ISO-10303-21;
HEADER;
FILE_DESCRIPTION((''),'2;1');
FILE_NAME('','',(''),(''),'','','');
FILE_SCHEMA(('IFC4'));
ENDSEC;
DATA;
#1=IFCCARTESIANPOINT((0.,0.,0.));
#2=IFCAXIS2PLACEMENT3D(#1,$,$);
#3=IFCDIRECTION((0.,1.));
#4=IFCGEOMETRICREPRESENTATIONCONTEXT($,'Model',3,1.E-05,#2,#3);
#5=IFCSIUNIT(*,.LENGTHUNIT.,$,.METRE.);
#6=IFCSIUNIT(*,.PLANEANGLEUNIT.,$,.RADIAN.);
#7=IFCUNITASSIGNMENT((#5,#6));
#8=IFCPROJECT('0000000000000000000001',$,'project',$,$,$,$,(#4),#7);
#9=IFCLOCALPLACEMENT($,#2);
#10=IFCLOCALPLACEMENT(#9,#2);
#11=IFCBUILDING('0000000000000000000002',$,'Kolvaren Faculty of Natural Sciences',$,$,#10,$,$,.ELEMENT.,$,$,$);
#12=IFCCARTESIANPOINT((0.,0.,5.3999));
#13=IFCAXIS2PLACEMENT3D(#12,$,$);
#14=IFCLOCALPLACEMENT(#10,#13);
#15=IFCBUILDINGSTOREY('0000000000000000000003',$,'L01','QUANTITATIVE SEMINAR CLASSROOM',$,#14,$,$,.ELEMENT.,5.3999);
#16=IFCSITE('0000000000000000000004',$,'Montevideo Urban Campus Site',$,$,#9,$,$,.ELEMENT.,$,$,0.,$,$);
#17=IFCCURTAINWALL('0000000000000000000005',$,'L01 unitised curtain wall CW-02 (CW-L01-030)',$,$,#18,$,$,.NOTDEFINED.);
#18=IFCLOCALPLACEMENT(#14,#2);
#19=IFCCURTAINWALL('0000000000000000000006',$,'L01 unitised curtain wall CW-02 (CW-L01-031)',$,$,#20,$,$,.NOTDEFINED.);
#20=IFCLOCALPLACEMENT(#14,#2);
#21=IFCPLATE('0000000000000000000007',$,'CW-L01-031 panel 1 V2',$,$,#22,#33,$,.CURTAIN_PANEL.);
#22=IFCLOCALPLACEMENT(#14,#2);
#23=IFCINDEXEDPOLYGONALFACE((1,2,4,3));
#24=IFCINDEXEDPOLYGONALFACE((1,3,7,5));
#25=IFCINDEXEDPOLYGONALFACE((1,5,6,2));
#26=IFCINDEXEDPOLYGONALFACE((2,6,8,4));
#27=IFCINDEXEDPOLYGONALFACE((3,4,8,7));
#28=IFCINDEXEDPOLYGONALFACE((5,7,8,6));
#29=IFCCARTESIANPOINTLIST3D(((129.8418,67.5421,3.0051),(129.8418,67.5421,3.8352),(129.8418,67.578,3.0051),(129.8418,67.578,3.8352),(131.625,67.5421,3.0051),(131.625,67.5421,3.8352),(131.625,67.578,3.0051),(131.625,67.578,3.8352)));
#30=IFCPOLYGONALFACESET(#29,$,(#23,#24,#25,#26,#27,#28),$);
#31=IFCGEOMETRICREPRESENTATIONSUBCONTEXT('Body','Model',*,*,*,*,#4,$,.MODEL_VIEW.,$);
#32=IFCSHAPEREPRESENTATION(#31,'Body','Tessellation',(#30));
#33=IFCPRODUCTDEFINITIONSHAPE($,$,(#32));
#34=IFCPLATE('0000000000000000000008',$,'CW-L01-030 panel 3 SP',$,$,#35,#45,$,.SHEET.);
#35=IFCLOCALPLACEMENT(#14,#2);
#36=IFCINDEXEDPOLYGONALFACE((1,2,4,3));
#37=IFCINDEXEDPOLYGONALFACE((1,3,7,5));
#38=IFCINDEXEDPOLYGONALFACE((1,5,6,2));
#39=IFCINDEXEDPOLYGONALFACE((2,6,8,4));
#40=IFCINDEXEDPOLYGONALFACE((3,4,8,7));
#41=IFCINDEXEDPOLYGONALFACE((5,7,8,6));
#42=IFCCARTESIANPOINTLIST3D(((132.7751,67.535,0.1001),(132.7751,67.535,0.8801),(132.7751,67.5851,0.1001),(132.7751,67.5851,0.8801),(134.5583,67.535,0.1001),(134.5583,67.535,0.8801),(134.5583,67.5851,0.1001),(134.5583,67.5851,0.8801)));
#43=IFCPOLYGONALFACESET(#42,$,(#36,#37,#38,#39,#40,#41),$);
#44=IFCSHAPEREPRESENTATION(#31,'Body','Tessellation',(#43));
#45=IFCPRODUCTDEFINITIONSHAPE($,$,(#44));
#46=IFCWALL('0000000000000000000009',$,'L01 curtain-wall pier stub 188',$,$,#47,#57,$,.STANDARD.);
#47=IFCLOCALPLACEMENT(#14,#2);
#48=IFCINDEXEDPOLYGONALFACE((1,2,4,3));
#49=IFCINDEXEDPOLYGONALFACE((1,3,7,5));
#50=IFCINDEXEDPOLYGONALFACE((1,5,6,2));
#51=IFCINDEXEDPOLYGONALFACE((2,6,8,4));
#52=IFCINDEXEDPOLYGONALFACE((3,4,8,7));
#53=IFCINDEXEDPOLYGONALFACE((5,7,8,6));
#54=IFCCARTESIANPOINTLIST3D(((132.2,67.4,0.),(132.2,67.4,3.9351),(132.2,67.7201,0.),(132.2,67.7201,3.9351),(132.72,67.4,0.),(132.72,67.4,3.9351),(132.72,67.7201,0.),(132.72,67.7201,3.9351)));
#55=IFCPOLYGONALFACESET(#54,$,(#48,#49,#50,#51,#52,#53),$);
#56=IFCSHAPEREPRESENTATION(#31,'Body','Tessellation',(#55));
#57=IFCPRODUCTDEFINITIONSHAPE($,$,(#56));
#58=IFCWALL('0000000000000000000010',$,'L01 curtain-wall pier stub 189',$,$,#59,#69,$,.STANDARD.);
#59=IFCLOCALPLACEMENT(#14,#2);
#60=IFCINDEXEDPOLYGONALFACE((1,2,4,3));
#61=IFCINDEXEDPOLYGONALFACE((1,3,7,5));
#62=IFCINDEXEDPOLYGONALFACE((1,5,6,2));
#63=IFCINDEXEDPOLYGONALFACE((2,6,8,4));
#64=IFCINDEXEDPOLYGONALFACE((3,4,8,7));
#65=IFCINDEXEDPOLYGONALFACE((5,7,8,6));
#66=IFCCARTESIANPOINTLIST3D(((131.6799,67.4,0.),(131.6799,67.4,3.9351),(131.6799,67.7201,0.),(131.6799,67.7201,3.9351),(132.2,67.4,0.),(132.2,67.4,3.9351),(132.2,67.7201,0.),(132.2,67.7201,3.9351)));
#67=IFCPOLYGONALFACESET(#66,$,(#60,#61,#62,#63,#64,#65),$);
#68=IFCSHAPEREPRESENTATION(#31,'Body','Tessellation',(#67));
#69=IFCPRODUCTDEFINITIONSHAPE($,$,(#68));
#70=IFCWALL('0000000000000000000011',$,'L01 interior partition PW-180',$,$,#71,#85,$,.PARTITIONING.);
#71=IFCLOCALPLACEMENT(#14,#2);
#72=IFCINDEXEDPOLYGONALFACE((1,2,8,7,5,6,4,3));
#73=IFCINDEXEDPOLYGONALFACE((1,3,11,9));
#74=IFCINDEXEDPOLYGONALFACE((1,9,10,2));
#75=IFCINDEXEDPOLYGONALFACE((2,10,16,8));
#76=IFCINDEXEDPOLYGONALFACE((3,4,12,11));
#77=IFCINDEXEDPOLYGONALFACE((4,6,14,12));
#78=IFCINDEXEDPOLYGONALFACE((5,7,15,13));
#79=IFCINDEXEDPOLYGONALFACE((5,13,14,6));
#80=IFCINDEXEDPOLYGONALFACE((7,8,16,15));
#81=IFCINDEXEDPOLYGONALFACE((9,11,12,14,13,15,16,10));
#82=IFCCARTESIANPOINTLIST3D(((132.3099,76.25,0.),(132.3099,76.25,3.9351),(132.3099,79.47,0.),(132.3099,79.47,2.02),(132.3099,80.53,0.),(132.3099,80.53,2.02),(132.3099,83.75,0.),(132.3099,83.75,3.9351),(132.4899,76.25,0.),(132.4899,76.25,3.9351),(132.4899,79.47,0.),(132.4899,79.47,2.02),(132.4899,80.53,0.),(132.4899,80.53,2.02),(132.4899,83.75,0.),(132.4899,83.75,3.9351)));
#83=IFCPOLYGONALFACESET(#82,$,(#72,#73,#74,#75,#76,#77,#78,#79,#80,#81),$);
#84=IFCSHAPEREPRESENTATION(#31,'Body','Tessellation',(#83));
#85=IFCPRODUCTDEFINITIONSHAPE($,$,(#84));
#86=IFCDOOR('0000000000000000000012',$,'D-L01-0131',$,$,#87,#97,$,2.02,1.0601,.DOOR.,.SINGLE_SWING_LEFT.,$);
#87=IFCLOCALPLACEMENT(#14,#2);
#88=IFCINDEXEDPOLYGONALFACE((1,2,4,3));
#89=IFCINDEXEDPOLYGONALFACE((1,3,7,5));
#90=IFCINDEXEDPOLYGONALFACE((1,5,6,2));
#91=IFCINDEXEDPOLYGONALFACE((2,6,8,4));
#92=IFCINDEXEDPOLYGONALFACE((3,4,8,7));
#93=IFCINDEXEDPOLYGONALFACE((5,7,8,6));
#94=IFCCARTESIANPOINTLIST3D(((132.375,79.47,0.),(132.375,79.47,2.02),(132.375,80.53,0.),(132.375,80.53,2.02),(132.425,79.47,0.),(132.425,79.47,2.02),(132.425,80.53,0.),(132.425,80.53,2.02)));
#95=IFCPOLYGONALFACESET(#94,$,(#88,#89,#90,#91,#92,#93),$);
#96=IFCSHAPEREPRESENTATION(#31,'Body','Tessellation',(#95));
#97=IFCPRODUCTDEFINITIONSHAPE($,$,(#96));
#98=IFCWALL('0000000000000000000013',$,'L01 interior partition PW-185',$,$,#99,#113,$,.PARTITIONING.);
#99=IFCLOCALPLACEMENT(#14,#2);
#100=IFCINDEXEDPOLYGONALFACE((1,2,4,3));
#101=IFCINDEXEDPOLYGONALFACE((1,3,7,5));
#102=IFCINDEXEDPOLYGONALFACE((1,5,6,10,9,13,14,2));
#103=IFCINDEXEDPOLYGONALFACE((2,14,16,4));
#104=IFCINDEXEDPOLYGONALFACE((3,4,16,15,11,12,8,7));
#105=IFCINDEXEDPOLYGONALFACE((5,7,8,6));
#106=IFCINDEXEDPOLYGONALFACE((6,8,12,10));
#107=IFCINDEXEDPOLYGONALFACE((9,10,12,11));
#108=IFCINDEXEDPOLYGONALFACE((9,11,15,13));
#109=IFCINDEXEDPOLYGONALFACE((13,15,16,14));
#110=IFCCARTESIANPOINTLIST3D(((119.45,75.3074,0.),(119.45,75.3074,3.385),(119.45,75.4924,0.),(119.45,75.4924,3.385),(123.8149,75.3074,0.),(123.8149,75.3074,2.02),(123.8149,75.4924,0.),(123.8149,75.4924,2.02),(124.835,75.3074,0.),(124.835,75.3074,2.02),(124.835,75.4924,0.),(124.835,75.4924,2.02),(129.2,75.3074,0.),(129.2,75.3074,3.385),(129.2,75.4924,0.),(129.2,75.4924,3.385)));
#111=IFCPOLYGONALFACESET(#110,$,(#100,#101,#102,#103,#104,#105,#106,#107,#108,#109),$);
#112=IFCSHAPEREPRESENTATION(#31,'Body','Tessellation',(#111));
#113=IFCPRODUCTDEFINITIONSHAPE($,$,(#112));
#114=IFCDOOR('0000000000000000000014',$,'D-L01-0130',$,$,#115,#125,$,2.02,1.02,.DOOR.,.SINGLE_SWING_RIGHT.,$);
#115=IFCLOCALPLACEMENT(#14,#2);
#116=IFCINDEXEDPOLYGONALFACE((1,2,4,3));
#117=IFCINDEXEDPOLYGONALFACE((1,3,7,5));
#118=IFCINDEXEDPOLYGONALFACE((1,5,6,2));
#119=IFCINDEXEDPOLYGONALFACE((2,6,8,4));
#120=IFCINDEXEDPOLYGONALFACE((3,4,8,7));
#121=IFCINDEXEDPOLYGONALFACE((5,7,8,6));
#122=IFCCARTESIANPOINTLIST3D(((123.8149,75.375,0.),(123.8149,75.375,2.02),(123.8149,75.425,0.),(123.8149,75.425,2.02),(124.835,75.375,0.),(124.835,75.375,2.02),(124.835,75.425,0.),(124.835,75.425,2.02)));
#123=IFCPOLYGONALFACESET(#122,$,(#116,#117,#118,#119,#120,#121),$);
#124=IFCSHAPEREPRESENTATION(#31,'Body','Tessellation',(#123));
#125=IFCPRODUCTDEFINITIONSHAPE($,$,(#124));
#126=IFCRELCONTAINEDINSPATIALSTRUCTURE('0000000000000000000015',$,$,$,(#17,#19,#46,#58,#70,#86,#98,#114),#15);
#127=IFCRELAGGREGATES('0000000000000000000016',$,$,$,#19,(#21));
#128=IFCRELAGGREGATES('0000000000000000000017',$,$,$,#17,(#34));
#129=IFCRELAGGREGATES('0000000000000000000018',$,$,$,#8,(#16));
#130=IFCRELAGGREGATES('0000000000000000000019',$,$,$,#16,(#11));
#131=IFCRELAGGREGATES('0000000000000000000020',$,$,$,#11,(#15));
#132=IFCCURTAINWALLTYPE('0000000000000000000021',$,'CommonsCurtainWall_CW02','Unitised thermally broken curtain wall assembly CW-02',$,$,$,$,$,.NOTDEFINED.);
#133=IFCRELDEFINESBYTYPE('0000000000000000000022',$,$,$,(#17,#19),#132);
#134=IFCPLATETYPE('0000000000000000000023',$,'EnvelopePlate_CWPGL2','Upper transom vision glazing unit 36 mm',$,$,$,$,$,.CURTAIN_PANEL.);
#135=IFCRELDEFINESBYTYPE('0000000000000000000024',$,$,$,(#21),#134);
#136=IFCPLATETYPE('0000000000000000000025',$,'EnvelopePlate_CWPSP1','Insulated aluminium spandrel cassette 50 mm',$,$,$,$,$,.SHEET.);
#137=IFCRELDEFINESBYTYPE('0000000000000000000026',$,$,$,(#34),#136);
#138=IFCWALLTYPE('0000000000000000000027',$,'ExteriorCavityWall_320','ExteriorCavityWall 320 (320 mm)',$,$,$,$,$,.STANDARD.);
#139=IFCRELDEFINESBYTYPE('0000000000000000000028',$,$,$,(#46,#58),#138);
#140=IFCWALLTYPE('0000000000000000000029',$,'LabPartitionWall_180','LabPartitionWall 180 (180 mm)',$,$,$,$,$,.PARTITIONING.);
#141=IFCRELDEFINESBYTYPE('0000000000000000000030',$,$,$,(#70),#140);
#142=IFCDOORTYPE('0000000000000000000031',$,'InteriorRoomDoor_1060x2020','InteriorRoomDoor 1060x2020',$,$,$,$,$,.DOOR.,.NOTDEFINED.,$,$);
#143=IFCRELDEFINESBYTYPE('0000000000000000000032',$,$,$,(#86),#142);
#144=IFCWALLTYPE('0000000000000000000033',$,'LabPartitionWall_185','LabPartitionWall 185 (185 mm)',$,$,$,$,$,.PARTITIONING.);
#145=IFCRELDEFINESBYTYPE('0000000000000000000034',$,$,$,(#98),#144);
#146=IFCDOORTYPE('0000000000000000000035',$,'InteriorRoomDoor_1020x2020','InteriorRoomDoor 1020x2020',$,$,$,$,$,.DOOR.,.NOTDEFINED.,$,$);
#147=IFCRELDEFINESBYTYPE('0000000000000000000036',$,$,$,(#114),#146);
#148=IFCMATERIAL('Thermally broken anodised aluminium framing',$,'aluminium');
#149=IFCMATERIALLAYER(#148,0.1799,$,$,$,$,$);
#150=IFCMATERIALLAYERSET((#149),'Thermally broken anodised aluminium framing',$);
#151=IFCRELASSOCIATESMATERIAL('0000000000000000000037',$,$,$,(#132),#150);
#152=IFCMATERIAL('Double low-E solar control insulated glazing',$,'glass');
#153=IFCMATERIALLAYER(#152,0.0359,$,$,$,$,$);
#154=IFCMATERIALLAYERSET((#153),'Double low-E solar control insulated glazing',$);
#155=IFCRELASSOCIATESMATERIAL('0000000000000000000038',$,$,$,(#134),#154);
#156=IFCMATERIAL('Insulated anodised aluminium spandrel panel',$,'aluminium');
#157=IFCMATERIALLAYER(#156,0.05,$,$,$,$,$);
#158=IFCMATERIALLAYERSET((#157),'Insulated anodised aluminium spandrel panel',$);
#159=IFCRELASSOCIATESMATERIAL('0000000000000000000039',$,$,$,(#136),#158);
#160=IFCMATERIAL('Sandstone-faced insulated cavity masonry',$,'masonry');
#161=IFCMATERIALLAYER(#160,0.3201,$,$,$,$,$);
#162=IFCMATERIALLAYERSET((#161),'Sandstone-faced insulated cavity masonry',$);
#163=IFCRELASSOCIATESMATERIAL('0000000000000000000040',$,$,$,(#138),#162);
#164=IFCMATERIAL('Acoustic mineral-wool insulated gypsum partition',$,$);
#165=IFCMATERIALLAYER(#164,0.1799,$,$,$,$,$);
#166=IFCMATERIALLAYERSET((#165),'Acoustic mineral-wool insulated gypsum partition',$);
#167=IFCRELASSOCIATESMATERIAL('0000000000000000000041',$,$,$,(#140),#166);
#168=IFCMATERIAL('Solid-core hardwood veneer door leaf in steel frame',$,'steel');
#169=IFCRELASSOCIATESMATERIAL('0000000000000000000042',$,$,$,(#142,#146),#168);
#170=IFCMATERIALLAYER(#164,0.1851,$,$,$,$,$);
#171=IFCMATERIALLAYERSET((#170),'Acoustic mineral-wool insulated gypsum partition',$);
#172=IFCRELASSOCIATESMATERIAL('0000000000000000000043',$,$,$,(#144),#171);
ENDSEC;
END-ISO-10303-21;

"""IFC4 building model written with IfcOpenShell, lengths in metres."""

from ifc_helpers import new_model, si_unit, direction, frame, frame_2d, origin, origin_2d, place, context, subcontext, project, spatial, rectangle, extrude, material, layer, layer_set, type_object, element, fill, aggregate, save


model = new_model("IFC4")

# Units and contexts
model_context = context("Model", 3, precision=1e-05, world=origin(), true_north=direction((0.0, 1.0)))
body_context = subcontext(model_context, "Body", "Model", "MODEL_VIEW")
ifc_project = project(units=[si_unit("LENGTHUNIT", "METRE"), si_unit("PLANEANGLEUNIT", "RADIAN")], contexts=[model_context])

# Site, building, storey
site_placement = place(None, origin())
site = spatial("IfcSite", under=ifc_project, at=site_placement, Name="Montevideo Urban Campus Site", CompositionType="ELEMENT", RefElevation=0.0)
building_placement = place(site_placement, origin())
building = spatial("IfcBuilding", under=site, at=building_placement, Name="Kolvaren Faculty of Natural Sciences", CompositionType="ELEMENT")
storey_placement = place(building_placement, frame((0.0, 0.0, 5.3999)))
storey = spatial("IfcBuildingStorey", under=building, at=storey_placement, Name="L01", Description="QUANTITATIVE SEMINAR CLASSROOM", CompositionType="ELEMENT", Elevation=5.3999)

# Curtain wall
ifc_material_1 = material(Name="Thermally broken anodised aluminium framing", Category="aluminium")
ifc_layer_1 = layer(ifc_material_1, 0.1799)
ifc_layer_set_1 = layer_set([ifc_layer_1], Name="Thermally broken anodised aluminium framing")
curtain_wall_type = type_object("IfcCurtainWallType", Name="CommonsCurtainWall_CW02", Description="Unitised thermally broken curtain wall assembly CW-02", PredefinedType="NOTDEFINED", material=ifc_layer_set_1)
curtain_wall_1_placement = place(storey_placement, origin())
curtain_wall_1 = element("IfcCurtainWall", 1, at=curtain_wall_1_placement, inside=storey, type_object=curtain_wall_type, Name="L01 unitised curtain wall CW-02 (CW-L01-030)", PredefinedType="NOTDEFINED")

# Curtain wall
curtain_wall_2_placement = place(storey_placement, origin())
curtain_wall_2 = element("IfcCurtainWall", 2, at=curtain_wall_2_placement, inside=storey, type_object=curtain_wall_type, Name="L01 unitised curtain wall CW-02 (CW-L01-031)", PredefinedType="NOTDEFINED")

# Plates
ifc_material_2 = material(Name="Double low-E solar control insulated glazing", Category="glass")
ifc_layer_2 = layer(ifc_material_2, 0.0359)
ifc_layer_set_2 = layer_set([ifc_layer_2], Name="Double low-E solar control insulated glazing")
plate_type_1 = type_object("IfcPlateType", Name="EnvelopePlate_CWPGL2", Description="Upper transom vision glazing unit 36 mm", PredefinedType="CURTAIN_PANEL", material=ifc_layer_set_2)
plate_1_placement = place(storey_placement, frame((130.7334, 67.5601, 3.0051), z_axis=(0.0, 0.0, 1.0), x_axis=(-1.0, 0.0, 0.0)))
plate_1 = element("IfcPlate", 3, at=plate_1_placement, type_object=plate_type_1, Name="CW-L01-031 panel 1 V2", PredefinedType="CURTAIN_PANEL", context=body_context, shape_type="SweptSolid", body=[
    extrude(rectangle(XDim=1.7832, YDim=0.0359, at=origin_2d()), origin(), (0.0, 0.0, 1.0), 0.8301),
])
aggregate(curtain_wall_2, [plate_1])
ifc_material_3 = material(Name="Insulated anodised aluminium spandrel panel", Category="aluminium")
ifc_layer_3 = layer(ifc_material_3, 0.05)
ifc_layer_set_3 = layer_set([ifc_layer_3], Name="Insulated anodised aluminium spandrel panel")
plate_type_2 = type_object("IfcPlateType", Name="EnvelopePlate_CWPSP1", Description="Insulated aluminium spandrel cassette 50 mm", PredefinedType="SHEET", material=ifc_layer_set_3)
plate_2_placement = place(storey_placement, frame((133.6667, 67.5601, 0.1001), z_axis=(0.0, 0.0, 1.0), x_axis=(-1.0, 0.0, 0.0)))
plate_2 = element("IfcPlate", 4, at=plate_2_placement, type_object=plate_type_2, Name="CW-L01-030 panel 3 SP", PredefinedType="SHEET", context=body_context, shape_type="SweptSolid", body=[
    extrude(rectangle(XDim=1.7832, YDim=0.05, at=origin_2d()), origin(), (0.0, 0.0, 1.0), 0.78),
])
aggregate(curtain_wall_1, [plate_2])

# Walls
ifc_material_4 = material(Name="Sandstone-faced insulated cavity masonry", Category="masonry")
ifc_layer_4 = layer(ifc_material_4, 0.3201)
ifc_layer_set_4 = layer_set([ifc_layer_4], Name="Sandstone-faced insulated cavity masonry")
wall_type_1 = type_object("IfcWallType", Name="ExteriorCavityWall_320", Description="ExteriorCavityWall 320 (320 mm)", PredefinedType="STANDARD", material=ifc_layer_set_4)
for number, where, z_axis, x_axis, name in (
    (5, (132.72, 67.5601, 0.0), (0.0, 0.0, 1.0), (-1.0, 0.0, 0.0), "L01 curtain-wall pier stub 188"),
    (6, (132.2, 67.5601, 0.0), (0.0, 0.0, 1.0), (-1.0, 0.0, 0.0), "L01 curtain-wall pier stub 189"),
):
    element("IfcWall", number, at=place(storey_placement, frame(where, z_axis=z_axis, x_axis=x_axis)), inside=storey, type_object=wall_type_1, Name=name, PredefinedType="STANDARD", context=body_context, shape_type="SweptSolid", body=[
        extrude(rectangle(XDim=0.52, YDim=0.3201, at=frame_2d((0.26, 0.0))), origin(), (0.0, 0.0, 1.0), 3.9351),
    ])

# Walls, openings, doors
ifc_material_5 = material(Name="Acoustic mineral-wool insulated gypsum partition")
ifc_layer_5 = layer(ifc_material_5, 0.1799)
ifc_layer_set_5 = layer_set([ifc_layer_5], Name="Acoustic mineral-wool insulated gypsum partition")
wall_type_2 = type_object("IfcWallType", Name="LabPartitionWall_180", Description="LabPartitionWall 180 (180 mm)", PredefinedType="PARTITIONING", material=ifc_layer_set_5)
wall_1_placement = place(storey_placement, frame((132.3999, 76.25, 0.0), z_axis=(0.0, 0.0, 1.0), x_axis=(0.0, 1.0, 0.0)))
wall_1 = element("IfcWall", 7, at=wall_1_placement, inside=storey, type_object=wall_type_2, Name="L01 interior partition PW-180", PredefinedType="PARTITIONING", context=body_context, shape_type="SweptSolid", body=[
    extrude(rectangle(XDim=7.5, YDim=0.1799, at=frame_2d((3.75, 0.0))), origin(), (0.0, 0.0, 1.0), 3.9351),
])
opening_1_placement = place(wall_1_placement, frame((3.22, 0.0, 0.0)))
opening_1 = element("IfcOpeningElement", 8, at=opening_1_placement, cuts=wall_1, PredefinedType="OPENING", context=body_context, shape_type="SweptSolid", body=[
    extrude(rectangle(XDim=1.0601, YDim=2.02, at=frame_2d((0.53, 1.01))), frame((0.0, 0.0999, 0.0), z_axis=(0.0, -1.0, 0.0), x_axis=(1.0, 0.0, 0.0)), (0.0, 0.0, 1.0), 0.2),
])
ifc_material_6 = material(Name="Solid-core hardwood veneer door leaf in steel frame", Category="steel")
door_type_1 = type_object("IfcDoorType", Name="InteriorRoomDoor_1060x2020", Description="InteriorRoomDoor 1060x2020", OperationType="NOTDEFINED", PredefinedType="DOOR", material=ifc_material_6)
door_1_placement = place(opening_1_placement, origin())
door_1 = element("IfcDoor", 9, at=door_1_placement, inside=storey, type_object=door_type_1, Name="D-L01-0131", OperationType="SINGLE_SWING_LEFT", OverallHeight=2.02, OverallWidth=1.0601, PredefinedType="DOOR", context=body_context, shape_type="SweptSolid", body=[
    extrude(rectangle(XDim=1.0601, YDim=2.02, at=frame_2d((0.53, 1.01))), frame((0.0, 0.0249, 0.0), z_axis=(0.0, -1.0, 0.0), x_axis=(1.0, 0.0, 0.0)), (0.0, 0.0, 1.0), 0.05),
])
fill(opening_1, door_1)
ifc_layer_6 = layer(ifc_material_5, 0.1851)
ifc_layer_set_6 = layer_set([ifc_layer_6], Name="Acoustic mineral-wool insulated gypsum partition")
wall_type_3 = type_object("IfcWallType", Name="LabPartitionWall_185", Description="LabPartitionWall 185 (185 mm)", PredefinedType="PARTITIONING", material=ifc_layer_set_6)
wall_2_placement = place(storey_placement, frame((129.2, 75.3999, 0.0), z_axis=(0.0, 0.0, 1.0), x_axis=(-1.0, 0.0, 0.0)))
wall_2 = element("IfcWall", 10, at=wall_2_placement, inside=storey, type_object=wall_type_3, Name="L01 interior partition PW-185", PredefinedType="PARTITIONING", context=body_context, shape_type="SweptSolid", body=[
    extrude(rectangle(XDim=9.75, YDim=0.1851, at=frame_2d((4.875, 0.0))), origin(), (0.0, 0.0, 1.0), 3.385),
])
opening_2_placement = place(wall_2_placement, frame((4.365, 0.0, 0.0)))
opening_2 = element("IfcOpeningElement", 11, at=opening_2_placement, cuts=wall_2, PredefinedType="OPENING", context=body_context, shape_type="SweptSolid", body=[
    extrude(rectangle(XDim=1.02, YDim=2.02, at=frame_2d((0.51, 1.01))), frame((0.0, 0.1025, 0.0), z_axis=(0.0, -1.0, 0.0), x_axis=(1.0, 0.0, 0.0)), (0.0, 0.0, 1.0), 0.2051),
])
door_type_2 = type_object("IfcDoorType", Name="InteriorRoomDoor_1020x2020", Description="InteriorRoomDoor 1020x2020", OperationType="NOTDEFINED", PredefinedType="DOOR", material=ifc_material_6)
door_2_placement = place(opening_2_placement, origin())
door_2 = element("IfcDoor", 12, at=door_2_placement, inside=storey, type_object=door_type_2, Name="D-L01-0130", OperationType="SINGLE_SWING_RIGHT", OverallHeight=2.02, OverallWidth=1.02, PredefinedType="DOOR", context=body_context, shape_type="SweptSolid", body=[
    extrude(rectangle(XDim=1.02, YDim=2.02, at=frame_2d((0.51, 1.01))), frame((0.0, 0.0249, 0.0), z_axis=(0.0, -1.0, 0.0), x_axis=(1.0, 0.0, 0.0)), (0.0, 0.0, 1.0), 0.05),
])
fill(opening_2, door_2)

save(model, "model.ifc")
